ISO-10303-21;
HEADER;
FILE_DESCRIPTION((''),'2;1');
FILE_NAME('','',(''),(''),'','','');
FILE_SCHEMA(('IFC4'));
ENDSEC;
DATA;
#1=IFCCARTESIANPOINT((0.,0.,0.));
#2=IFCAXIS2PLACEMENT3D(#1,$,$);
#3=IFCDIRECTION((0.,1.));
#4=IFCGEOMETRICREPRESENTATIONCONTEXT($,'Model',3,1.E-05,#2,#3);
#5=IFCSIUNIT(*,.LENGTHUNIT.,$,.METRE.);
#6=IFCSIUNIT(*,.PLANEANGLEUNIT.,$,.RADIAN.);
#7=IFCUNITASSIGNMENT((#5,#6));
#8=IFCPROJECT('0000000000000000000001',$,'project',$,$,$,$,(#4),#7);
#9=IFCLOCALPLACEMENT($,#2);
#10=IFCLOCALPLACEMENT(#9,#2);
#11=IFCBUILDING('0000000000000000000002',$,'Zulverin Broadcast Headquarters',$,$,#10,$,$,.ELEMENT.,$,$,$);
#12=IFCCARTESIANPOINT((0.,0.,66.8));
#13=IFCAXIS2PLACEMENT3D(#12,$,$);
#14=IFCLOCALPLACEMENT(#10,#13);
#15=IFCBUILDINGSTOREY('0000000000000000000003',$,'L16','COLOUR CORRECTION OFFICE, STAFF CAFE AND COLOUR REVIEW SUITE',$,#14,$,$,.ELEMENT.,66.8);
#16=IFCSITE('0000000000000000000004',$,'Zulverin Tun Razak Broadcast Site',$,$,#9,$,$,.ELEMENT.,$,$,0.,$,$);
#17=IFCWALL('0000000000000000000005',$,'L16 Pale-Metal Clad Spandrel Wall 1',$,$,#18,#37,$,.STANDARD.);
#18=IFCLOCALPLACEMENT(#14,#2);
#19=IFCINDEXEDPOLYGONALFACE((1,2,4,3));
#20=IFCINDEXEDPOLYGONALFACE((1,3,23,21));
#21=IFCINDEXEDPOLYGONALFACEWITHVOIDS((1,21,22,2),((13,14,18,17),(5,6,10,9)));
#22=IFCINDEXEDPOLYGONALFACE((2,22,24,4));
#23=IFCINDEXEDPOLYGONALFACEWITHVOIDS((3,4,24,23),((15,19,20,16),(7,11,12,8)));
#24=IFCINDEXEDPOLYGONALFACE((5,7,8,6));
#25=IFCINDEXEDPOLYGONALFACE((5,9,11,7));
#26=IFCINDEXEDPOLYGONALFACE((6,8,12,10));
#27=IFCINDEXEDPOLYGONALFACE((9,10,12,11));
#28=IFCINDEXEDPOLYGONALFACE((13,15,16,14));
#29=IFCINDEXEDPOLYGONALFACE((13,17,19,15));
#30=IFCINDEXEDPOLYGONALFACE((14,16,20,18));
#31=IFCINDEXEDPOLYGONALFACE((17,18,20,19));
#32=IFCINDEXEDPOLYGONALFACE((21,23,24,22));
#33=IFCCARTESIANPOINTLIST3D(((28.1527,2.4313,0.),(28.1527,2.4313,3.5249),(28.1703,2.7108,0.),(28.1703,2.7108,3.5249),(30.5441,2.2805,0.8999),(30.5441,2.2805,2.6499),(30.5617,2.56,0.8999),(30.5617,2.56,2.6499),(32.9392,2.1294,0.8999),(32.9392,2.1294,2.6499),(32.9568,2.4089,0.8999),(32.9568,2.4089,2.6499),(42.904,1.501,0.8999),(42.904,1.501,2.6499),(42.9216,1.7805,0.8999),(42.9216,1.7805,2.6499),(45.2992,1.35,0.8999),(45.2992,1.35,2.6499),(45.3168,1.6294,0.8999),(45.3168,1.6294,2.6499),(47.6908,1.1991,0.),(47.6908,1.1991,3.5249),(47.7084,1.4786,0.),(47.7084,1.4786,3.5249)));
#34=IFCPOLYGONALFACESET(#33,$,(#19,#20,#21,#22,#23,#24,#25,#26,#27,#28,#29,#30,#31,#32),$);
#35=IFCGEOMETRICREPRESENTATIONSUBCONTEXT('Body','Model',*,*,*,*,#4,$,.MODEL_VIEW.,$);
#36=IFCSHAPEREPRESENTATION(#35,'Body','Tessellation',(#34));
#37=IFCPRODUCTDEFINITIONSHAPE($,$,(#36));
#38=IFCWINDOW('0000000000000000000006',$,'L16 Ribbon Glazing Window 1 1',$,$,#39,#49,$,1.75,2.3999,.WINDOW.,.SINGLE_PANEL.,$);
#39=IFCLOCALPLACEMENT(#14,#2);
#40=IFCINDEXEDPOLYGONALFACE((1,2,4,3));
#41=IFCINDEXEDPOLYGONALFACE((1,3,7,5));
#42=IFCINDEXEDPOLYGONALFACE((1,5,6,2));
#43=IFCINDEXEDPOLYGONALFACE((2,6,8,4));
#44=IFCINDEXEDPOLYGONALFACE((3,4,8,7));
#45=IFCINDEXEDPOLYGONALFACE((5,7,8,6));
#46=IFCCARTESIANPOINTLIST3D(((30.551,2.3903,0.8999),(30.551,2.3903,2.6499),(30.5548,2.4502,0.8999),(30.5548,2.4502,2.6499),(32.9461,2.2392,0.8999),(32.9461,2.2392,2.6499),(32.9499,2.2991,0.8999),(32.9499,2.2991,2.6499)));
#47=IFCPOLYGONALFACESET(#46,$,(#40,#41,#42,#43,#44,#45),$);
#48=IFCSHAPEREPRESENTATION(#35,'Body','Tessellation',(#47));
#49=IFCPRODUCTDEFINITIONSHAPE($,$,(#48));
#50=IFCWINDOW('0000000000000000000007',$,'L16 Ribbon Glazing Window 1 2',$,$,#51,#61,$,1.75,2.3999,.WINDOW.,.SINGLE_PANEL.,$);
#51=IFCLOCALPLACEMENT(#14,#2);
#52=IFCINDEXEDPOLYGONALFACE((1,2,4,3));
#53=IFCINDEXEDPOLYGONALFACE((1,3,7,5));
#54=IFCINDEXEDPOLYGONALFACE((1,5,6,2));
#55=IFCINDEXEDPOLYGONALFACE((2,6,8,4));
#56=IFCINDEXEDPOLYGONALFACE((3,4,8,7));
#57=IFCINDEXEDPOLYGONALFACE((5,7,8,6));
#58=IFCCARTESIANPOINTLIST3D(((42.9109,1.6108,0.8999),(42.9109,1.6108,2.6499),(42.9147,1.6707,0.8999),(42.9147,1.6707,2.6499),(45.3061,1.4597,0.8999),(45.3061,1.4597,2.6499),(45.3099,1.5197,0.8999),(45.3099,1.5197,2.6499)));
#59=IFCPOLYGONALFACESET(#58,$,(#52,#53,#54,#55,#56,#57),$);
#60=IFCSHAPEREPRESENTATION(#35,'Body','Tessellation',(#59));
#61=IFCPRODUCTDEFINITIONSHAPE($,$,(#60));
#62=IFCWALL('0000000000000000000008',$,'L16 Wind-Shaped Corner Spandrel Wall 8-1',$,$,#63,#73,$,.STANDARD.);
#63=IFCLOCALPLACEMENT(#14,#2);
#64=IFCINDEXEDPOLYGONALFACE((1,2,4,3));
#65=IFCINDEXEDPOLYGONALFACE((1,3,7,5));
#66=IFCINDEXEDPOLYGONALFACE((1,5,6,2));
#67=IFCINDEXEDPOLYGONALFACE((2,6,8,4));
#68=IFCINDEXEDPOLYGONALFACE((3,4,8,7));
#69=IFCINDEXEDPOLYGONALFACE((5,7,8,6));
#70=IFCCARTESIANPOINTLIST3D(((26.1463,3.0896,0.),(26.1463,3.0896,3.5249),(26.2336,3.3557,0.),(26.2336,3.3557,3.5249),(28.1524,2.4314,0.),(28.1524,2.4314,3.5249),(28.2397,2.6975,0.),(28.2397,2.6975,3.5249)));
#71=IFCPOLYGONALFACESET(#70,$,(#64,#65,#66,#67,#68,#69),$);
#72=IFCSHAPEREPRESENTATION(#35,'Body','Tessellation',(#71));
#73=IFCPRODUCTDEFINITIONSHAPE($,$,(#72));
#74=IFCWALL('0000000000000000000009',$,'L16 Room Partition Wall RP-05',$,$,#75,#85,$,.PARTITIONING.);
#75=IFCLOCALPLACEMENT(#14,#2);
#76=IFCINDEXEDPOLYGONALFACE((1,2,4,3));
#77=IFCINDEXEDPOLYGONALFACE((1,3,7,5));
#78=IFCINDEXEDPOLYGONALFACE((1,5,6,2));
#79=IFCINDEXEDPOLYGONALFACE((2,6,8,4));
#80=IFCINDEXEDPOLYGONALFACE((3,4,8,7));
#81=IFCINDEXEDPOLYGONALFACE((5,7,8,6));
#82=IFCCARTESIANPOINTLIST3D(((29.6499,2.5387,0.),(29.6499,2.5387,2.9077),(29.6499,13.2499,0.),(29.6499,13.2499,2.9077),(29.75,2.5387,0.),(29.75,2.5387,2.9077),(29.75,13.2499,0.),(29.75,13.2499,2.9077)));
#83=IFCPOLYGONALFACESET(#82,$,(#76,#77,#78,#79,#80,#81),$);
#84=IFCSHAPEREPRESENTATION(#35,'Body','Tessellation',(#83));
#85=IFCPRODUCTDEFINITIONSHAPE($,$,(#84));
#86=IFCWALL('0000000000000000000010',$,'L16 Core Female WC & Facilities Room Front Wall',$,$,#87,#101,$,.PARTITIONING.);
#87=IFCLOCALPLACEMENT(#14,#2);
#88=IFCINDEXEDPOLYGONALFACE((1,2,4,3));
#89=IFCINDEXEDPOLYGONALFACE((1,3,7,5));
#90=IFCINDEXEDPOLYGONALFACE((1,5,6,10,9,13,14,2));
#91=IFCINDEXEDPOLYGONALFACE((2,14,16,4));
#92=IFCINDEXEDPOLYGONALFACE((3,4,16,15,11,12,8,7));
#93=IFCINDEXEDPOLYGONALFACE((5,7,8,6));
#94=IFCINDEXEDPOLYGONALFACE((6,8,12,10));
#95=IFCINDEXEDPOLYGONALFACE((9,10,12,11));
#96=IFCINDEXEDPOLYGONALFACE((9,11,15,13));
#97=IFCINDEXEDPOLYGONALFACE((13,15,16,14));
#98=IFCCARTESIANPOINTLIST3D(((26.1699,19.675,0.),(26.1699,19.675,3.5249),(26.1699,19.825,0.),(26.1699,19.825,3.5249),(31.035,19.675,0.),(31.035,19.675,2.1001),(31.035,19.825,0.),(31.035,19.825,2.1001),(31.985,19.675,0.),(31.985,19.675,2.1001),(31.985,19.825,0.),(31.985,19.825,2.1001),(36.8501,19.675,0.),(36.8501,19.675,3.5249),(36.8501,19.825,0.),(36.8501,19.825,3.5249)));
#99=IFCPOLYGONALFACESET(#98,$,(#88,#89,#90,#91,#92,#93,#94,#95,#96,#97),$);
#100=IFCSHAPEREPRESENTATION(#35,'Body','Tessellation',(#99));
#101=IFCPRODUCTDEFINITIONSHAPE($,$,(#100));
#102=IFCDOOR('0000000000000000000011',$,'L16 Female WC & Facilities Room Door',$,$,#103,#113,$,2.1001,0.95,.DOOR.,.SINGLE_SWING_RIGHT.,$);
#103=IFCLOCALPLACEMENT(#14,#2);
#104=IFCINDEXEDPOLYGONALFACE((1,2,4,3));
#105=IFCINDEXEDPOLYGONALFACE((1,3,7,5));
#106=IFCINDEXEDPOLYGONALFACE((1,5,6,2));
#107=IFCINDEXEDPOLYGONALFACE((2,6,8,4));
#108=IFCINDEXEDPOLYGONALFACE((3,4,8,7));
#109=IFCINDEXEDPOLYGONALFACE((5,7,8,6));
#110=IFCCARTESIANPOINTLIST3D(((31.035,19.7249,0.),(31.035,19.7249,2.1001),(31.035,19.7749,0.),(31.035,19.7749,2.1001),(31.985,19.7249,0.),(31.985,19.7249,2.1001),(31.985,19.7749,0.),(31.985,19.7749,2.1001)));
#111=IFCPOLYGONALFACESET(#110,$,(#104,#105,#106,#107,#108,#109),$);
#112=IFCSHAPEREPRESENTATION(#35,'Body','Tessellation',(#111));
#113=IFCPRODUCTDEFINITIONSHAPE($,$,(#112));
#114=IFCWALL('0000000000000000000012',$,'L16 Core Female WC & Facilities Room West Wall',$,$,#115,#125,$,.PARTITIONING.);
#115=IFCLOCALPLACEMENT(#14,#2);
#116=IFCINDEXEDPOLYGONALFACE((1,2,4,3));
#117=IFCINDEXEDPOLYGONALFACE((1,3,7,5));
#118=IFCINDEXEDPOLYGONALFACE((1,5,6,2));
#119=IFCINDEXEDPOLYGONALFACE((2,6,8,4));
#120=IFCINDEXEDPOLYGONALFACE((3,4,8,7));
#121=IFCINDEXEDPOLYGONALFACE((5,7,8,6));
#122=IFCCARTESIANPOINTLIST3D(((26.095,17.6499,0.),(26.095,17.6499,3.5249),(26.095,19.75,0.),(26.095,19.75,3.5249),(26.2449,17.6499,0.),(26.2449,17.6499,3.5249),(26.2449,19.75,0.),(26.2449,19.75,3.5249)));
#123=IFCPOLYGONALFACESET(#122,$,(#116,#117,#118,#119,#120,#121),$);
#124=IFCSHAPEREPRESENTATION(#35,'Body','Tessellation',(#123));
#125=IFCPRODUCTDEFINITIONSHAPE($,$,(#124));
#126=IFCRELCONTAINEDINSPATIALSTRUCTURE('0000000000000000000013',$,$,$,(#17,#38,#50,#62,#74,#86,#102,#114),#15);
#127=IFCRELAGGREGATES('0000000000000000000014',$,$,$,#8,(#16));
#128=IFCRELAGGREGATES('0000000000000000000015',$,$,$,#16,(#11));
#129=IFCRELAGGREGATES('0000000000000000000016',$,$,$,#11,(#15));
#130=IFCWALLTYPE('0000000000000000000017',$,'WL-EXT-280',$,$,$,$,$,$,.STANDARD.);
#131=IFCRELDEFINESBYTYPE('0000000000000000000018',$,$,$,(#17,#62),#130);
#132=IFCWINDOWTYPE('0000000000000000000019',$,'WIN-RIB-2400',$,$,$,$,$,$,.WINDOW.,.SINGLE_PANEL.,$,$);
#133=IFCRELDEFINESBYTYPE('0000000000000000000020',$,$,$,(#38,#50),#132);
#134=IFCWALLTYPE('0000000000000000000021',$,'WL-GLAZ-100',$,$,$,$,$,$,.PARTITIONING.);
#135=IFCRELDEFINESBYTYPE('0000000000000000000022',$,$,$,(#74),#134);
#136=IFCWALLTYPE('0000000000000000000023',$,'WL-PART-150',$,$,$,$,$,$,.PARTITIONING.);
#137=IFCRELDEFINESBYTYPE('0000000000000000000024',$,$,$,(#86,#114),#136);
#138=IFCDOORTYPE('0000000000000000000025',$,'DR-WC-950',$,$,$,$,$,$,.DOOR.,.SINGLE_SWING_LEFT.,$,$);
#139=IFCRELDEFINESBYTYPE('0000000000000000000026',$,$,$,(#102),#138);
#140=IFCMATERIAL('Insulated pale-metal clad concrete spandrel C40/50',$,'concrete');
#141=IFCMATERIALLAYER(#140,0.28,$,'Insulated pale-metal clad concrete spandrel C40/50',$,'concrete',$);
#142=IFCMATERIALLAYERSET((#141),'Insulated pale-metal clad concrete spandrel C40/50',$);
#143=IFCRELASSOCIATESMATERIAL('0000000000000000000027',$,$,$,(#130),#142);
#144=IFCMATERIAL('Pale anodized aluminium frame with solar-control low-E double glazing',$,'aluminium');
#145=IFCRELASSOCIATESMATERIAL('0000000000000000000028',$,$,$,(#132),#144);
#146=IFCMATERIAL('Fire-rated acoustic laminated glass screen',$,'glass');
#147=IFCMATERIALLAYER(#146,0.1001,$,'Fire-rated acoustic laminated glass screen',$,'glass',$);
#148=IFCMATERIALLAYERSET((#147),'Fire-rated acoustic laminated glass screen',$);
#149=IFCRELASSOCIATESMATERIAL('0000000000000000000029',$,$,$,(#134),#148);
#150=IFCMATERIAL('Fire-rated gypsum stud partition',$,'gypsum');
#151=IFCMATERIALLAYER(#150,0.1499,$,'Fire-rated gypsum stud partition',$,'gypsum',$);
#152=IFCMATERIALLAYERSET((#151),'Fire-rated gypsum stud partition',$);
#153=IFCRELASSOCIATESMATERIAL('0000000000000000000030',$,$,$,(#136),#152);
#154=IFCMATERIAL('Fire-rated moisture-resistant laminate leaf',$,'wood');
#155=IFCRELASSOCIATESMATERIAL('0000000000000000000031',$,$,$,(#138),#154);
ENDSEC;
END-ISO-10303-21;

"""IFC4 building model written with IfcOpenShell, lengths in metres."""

from ifc_helpers import new_model, si_unit, direction, frame, frame_2d, origin, place, context, subcontext, project, spatial, rectangle, extrude, material, layer, layer_set, type_object, element, fill, save


model = new_model("IFC4")

# Units and contexts
model_context = context("Model", 3, precision=1e-05, world=origin(), true_north=direction((0.0, 1.0)))
body_context = subcontext(model_context, "Body", "Model", "MODEL_VIEW")
ifc_project = project(units=[si_unit("LENGTHUNIT", "METRE"), si_unit("PLANEANGLEUNIT", "RADIAN")], contexts=[model_context])

# Site, building, storey
site_placement = place(None, origin())
site = spatial("IfcSite", under=ifc_project, at=site_placement, Name="Zulverin Tun Razak Broadcast Site", CompositionType="ELEMENT", RefElevation=0.0)
building_placement = place(site_placement, origin())
building = spatial("IfcBuilding", under=site, at=building_placement, Name="Zulverin Broadcast Headquarters", CompositionType="ELEMENT")
storey_placement = place(building_placement, frame((0.0, 0.0, 66.8)))
storey = spatial("IfcBuildingStorey", under=building, at=storey_placement, Name="L16", Description="COLOUR CORRECTION OFFICE, STAFF CAFE AND COLOUR REVIEW SUITE", CompositionType="ELEMENT", Elevation=66.8)

# Wall, openings, windows
ifc_material_1 = material(Name="Insulated pale-metal clad concrete spandrel C40/50", Category="concrete")
ifc_layer_1 = layer(ifc_material_1, 0.28, Name="Insulated pale-metal clad concrete spandrel C40/50", Category="concrete")
ifc_layer_set_1 = layer_set([ifc_layer_1], Name="Insulated pale-metal clad concrete spandrel C40/50")
wall_type_1 = type_object("IfcWallType", Name="WL-EXT-280", PredefinedType="STANDARD", material=ifc_layer_set_1)
wall_1_placement = place(storey_placement, frame((28.1614, 2.571, 0.0), z_axis=(0.0, 0.0, 1.0), x_axis=(0.998017, -0.06294, 0.0)))
wall_1 = element("IfcWall", 1, at=wall_1_placement, inside=storey, type_object=wall_type_1, Name="L16 Pale-Metal Clad Spandrel Wall 1", PredefinedType="STANDARD", context=body_context, shape_type="SweptSolid", body=[
    extrude(rectangle(XDim=19.5769, YDim=0.28, at=frame_2d((9.7886, 0.0))), origin(), (0.0, 0.0, 1.0), 3.5249),
])
opening_1_placement = place(wall_1_placement, frame((2.3962, 0.0, 0.8999)))
opening_1 = element("IfcOpeningElement", 2, at=opening_1_placement, cuts=wall_1, PredefinedType="OPENING", context=body_context, shape_type="SweptSolid", body=[
    extrude(rectangle(XDim=2.3999, YDim=1.75, at=frame_2d((1.2, 0.875))), frame((0.0, 0.1499, 0.0), z_axis=(0.0, -1.0, 0.0), x_axis=(1.0, 0.0, 0.0)), (0.0, 0.0, 1.0), 0.3),
])
opening_2_placement = place(wall_1_placement, frame((14.7808, 0.0, 0.8999)))
opening_2 = element("IfcOpeningElement", 3, at=opening_2_placement, cuts=wall_1, PredefinedType="OPENING", context=body_context, shape_type="SweptSolid", body=[
    extrude(rectangle(XDim=2.3999, YDim=1.75, at=frame_2d((1.2, 0.875))), frame((0.0, 0.1499, 0.0), z_axis=(0.0, -1.0, 0.0), x_axis=(1.0, 0.0, 0.0)), (0.0, 0.0, 1.0), 0.3),
])
ifc_material_2 = material(Name="Pale anodized aluminium frame with solar-control low-E double glazing", Category="aluminium")
window_type = type_object("IfcWindowType", Name="WIN-RIB-2400", PartitioningType="SINGLE_PANEL", PredefinedType="WINDOW", material=ifc_material_2)
window_1_placement = place(opening_1_placement, origin())
window_1 = element("IfcWindow", 4, at=window_1_placement, inside=storey, type_object=window_type, Name="L16 Ribbon Glazing Window 1 1", OverallHeight=1.75, OverallWidth=2.3999, PartitioningType="SINGLE_PANEL", PredefinedType="WINDOW", context=body_context, shape_type="SweptSolid", body=[
    extrude(rectangle(XDim=2.3999, YDim=1.75, at=frame_2d((1.2, 0.875))), frame((0.0, 0.03, 0.0), z_axis=(0.0, -1.0, 0.0), x_axis=(1.0, 0.0, 0.0)), (0.0, 0.0, 1.0), 0.0601),
])
fill(opening_1, window_1)
window_2_placement = place(opening_2_placement, origin())
window_2 = element("IfcWindow", 5, at=window_2_placement, inside=storey, type_object=window_type, Name="L16 Ribbon Glazing Window 1 2", OverallHeight=1.75, OverallWidth=2.3999, PartitioningType="SINGLE_PANEL", PredefinedType="WINDOW", context=body_context, shape_type="SweptSolid", body=[
    extrude(rectangle(XDim=2.3999, YDim=1.75, at=frame_2d((1.2, 0.875))), frame((0.0, 0.03, 0.0), z_axis=(0.0, -1.0, 0.0), x_axis=(1.0, 0.0, 0.0)), (0.0, 0.0, 1.0), 0.0601),
])
fill(opening_2, window_2)

# Walls
wall_2_placement = place(storey_placement, frame((26.1899, 3.2227, 0.0), z_axis=(0.0, 0.0, 1.0), x_axis=(0.950164, -0.311749, 0.0)))
element("IfcWall", 6, at=wall_2_placement, inside=storey, type_object=wall_type_1, Name="L16 Wind-Shaped Corner Spandrel Wall 8-1", PredefinedType="STANDARD", context=body_context, shape_type="SweptSolid", body=[
    extrude(rectangle(XDim=2.1113, YDim=0.28, at=frame_2d((1.0557, 0.0))), origin(), (0.0, 0.0, 1.0), 3.5249),
])
ifc_material_3 = material(Name="Fire-rated acoustic laminated glass screen", Category="glass")
ifc_layer_2 = layer(ifc_material_3, 0.1001, Name="Fire-rated acoustic laminated glass screen", Category="glass")
ifc_layer_set_2 = layer_set([ifc_layer_2], Name="Fire-rated acoustic laminated glass screen")
wall_type_2 = type_object("IfcWallType", Name="WL-GLAZ-100", PredefinedType="PARTITIONING", material=ifc_layer_set_2)
wall_3_placement = place(storey_placement, frame((29.7, 2.5388, 0.0), z_axis=(0.0, 0.0, 1.0), x_axis=(0.0, 1.0, 0.0)))
element("IfcWall", 7, at=wall_3_placement, inside=storey, type_object=wall_type_2, Name="L16 Room Partition Wall RP-05", PredefinedType="PARTITIONING", context=body_context, shape_type="SweptSolid", body=[
    extrude(rectangle(XDim=10.7112, YDim=0.1001, at=frame_2d((5.3555, 0.0))), origin(), (0.0, 0.0, 1.0), 2.9077),
])

# Wall, opening, door
ifc_material_4 = material(Name="Fire-rated gypsum stud partition", Category="gypsum")
ifc_layer_3 = layer(ifc_material_4, 0.1499, Name="Fire-rated gypsum stud partition", Category="gypsum")
ifc_layer_set_3 = layer_set([ifc_layer_3], Name="Fire-rated gypsum stud partition")
wall_type_3 = type_object("IfcWallType", Name="WL-PART-150", PredefinedType="PARTITIONING", material=ifc_layer_set_3)
wall_4_placement = place(storey_placement, frame((26.1699, 19.75, 0.0), z_axis=(0.0, 0.0, 1.0), x_axis=(1.0, 0.0, 0.0)))
wall_4 = element("IfcWall", 8, at=wall_4_placement, inside=storey, type_object=wall_type_3, Name="L16 Core Female WC & Facilities Room Front Wall", PredefinedType="PARTITIONING", context=body_context, shape_type="SweptSolid", body=[
    extrude(rectangle(XDim=10.6802, YDim=0.1499, at=frame_2d((5.3401, 0.0))), origin(), (0.0, 0.0, 1.0), 3.5249),
])
opening_3_placement = place(wall_4_placement, frame((4.865, 0.0, 0.0)))
opening_3 = element("IfcOpeningElement", 9, at=opening_3_placement, cuts=wall_4, PredefinedType="OPENING", context=body_context, shape_type="SweptSolid", body=[
    extrude(rectangle(XDim=0.95, YDim=2.1001, at=frame_2d((0.4751, 1.05))), frame((0.0, 0.085, 0.0), z_axis=(0.0, -1.0, 0.0), x_axis=(1.0, 0.0, 0.0)), (0.0, 0.0, 1.0), 0.1699),
])
ifc_material_5 = material(Name="Fire-rated moisture-resistant laminate leaf", Category="wood")
door_type_1 = type_object("IfcDoorType", Name="DR-WC-950", OperationType="SINGLE_SWING_LEFT", PredefinedType="DOOR", material=ifc_material_5)
door_1_placement = place(opening_3_placement, origin())
door_1 = element("IfcDoor", 10, at=door_1_placement, inside=storey, type_object=door_type_1, Name="L16 Female WC & Facilities Room Door", OperationType="SINGLE_SWING_RIGHT", OverallHeight=2.1001, OverallWidth=0.95, PredefinedType="DOOR", context=body_context, shape_type="SweptSolid", body=[
    extrude(rectangle(XDim=0.95, YDim=2.1001, at=frame_2d((0.4751, 1.05))), frame((0.0, 0.0249, 0.0), z_axis=(0.0, -1.0, 0.0), x_axis=(1.0, 0.0, 0.0)), (0.0, 0.0, 1.0), 0.05),
])
fill(opening_3, door_1)

# Wall
wall_5_placement = place(storey_placement, frame((26.1699, 17.6499, 0.0), z_axis=(0.0, 0.0, 1.0), x_axis=(0.0, 1.0, 0.0)))
element("IfcWall", 11, at=wall_5_placement, inside=storey, type_object=wall_type_3, Name="L16 Core Female WC & Facilities Room West Wall", PredefinedType="PARTITIONING", context=body_context, shape_type="SweptSolid", body=[
    extrude(rectangle(XDim=2.1001, YDim=0.1499, at=frame_2d((1.05, 0.0))), origin(), (0.0, 0.0, 1.0), 3.5249),
])

save(model, "model.ifc")
